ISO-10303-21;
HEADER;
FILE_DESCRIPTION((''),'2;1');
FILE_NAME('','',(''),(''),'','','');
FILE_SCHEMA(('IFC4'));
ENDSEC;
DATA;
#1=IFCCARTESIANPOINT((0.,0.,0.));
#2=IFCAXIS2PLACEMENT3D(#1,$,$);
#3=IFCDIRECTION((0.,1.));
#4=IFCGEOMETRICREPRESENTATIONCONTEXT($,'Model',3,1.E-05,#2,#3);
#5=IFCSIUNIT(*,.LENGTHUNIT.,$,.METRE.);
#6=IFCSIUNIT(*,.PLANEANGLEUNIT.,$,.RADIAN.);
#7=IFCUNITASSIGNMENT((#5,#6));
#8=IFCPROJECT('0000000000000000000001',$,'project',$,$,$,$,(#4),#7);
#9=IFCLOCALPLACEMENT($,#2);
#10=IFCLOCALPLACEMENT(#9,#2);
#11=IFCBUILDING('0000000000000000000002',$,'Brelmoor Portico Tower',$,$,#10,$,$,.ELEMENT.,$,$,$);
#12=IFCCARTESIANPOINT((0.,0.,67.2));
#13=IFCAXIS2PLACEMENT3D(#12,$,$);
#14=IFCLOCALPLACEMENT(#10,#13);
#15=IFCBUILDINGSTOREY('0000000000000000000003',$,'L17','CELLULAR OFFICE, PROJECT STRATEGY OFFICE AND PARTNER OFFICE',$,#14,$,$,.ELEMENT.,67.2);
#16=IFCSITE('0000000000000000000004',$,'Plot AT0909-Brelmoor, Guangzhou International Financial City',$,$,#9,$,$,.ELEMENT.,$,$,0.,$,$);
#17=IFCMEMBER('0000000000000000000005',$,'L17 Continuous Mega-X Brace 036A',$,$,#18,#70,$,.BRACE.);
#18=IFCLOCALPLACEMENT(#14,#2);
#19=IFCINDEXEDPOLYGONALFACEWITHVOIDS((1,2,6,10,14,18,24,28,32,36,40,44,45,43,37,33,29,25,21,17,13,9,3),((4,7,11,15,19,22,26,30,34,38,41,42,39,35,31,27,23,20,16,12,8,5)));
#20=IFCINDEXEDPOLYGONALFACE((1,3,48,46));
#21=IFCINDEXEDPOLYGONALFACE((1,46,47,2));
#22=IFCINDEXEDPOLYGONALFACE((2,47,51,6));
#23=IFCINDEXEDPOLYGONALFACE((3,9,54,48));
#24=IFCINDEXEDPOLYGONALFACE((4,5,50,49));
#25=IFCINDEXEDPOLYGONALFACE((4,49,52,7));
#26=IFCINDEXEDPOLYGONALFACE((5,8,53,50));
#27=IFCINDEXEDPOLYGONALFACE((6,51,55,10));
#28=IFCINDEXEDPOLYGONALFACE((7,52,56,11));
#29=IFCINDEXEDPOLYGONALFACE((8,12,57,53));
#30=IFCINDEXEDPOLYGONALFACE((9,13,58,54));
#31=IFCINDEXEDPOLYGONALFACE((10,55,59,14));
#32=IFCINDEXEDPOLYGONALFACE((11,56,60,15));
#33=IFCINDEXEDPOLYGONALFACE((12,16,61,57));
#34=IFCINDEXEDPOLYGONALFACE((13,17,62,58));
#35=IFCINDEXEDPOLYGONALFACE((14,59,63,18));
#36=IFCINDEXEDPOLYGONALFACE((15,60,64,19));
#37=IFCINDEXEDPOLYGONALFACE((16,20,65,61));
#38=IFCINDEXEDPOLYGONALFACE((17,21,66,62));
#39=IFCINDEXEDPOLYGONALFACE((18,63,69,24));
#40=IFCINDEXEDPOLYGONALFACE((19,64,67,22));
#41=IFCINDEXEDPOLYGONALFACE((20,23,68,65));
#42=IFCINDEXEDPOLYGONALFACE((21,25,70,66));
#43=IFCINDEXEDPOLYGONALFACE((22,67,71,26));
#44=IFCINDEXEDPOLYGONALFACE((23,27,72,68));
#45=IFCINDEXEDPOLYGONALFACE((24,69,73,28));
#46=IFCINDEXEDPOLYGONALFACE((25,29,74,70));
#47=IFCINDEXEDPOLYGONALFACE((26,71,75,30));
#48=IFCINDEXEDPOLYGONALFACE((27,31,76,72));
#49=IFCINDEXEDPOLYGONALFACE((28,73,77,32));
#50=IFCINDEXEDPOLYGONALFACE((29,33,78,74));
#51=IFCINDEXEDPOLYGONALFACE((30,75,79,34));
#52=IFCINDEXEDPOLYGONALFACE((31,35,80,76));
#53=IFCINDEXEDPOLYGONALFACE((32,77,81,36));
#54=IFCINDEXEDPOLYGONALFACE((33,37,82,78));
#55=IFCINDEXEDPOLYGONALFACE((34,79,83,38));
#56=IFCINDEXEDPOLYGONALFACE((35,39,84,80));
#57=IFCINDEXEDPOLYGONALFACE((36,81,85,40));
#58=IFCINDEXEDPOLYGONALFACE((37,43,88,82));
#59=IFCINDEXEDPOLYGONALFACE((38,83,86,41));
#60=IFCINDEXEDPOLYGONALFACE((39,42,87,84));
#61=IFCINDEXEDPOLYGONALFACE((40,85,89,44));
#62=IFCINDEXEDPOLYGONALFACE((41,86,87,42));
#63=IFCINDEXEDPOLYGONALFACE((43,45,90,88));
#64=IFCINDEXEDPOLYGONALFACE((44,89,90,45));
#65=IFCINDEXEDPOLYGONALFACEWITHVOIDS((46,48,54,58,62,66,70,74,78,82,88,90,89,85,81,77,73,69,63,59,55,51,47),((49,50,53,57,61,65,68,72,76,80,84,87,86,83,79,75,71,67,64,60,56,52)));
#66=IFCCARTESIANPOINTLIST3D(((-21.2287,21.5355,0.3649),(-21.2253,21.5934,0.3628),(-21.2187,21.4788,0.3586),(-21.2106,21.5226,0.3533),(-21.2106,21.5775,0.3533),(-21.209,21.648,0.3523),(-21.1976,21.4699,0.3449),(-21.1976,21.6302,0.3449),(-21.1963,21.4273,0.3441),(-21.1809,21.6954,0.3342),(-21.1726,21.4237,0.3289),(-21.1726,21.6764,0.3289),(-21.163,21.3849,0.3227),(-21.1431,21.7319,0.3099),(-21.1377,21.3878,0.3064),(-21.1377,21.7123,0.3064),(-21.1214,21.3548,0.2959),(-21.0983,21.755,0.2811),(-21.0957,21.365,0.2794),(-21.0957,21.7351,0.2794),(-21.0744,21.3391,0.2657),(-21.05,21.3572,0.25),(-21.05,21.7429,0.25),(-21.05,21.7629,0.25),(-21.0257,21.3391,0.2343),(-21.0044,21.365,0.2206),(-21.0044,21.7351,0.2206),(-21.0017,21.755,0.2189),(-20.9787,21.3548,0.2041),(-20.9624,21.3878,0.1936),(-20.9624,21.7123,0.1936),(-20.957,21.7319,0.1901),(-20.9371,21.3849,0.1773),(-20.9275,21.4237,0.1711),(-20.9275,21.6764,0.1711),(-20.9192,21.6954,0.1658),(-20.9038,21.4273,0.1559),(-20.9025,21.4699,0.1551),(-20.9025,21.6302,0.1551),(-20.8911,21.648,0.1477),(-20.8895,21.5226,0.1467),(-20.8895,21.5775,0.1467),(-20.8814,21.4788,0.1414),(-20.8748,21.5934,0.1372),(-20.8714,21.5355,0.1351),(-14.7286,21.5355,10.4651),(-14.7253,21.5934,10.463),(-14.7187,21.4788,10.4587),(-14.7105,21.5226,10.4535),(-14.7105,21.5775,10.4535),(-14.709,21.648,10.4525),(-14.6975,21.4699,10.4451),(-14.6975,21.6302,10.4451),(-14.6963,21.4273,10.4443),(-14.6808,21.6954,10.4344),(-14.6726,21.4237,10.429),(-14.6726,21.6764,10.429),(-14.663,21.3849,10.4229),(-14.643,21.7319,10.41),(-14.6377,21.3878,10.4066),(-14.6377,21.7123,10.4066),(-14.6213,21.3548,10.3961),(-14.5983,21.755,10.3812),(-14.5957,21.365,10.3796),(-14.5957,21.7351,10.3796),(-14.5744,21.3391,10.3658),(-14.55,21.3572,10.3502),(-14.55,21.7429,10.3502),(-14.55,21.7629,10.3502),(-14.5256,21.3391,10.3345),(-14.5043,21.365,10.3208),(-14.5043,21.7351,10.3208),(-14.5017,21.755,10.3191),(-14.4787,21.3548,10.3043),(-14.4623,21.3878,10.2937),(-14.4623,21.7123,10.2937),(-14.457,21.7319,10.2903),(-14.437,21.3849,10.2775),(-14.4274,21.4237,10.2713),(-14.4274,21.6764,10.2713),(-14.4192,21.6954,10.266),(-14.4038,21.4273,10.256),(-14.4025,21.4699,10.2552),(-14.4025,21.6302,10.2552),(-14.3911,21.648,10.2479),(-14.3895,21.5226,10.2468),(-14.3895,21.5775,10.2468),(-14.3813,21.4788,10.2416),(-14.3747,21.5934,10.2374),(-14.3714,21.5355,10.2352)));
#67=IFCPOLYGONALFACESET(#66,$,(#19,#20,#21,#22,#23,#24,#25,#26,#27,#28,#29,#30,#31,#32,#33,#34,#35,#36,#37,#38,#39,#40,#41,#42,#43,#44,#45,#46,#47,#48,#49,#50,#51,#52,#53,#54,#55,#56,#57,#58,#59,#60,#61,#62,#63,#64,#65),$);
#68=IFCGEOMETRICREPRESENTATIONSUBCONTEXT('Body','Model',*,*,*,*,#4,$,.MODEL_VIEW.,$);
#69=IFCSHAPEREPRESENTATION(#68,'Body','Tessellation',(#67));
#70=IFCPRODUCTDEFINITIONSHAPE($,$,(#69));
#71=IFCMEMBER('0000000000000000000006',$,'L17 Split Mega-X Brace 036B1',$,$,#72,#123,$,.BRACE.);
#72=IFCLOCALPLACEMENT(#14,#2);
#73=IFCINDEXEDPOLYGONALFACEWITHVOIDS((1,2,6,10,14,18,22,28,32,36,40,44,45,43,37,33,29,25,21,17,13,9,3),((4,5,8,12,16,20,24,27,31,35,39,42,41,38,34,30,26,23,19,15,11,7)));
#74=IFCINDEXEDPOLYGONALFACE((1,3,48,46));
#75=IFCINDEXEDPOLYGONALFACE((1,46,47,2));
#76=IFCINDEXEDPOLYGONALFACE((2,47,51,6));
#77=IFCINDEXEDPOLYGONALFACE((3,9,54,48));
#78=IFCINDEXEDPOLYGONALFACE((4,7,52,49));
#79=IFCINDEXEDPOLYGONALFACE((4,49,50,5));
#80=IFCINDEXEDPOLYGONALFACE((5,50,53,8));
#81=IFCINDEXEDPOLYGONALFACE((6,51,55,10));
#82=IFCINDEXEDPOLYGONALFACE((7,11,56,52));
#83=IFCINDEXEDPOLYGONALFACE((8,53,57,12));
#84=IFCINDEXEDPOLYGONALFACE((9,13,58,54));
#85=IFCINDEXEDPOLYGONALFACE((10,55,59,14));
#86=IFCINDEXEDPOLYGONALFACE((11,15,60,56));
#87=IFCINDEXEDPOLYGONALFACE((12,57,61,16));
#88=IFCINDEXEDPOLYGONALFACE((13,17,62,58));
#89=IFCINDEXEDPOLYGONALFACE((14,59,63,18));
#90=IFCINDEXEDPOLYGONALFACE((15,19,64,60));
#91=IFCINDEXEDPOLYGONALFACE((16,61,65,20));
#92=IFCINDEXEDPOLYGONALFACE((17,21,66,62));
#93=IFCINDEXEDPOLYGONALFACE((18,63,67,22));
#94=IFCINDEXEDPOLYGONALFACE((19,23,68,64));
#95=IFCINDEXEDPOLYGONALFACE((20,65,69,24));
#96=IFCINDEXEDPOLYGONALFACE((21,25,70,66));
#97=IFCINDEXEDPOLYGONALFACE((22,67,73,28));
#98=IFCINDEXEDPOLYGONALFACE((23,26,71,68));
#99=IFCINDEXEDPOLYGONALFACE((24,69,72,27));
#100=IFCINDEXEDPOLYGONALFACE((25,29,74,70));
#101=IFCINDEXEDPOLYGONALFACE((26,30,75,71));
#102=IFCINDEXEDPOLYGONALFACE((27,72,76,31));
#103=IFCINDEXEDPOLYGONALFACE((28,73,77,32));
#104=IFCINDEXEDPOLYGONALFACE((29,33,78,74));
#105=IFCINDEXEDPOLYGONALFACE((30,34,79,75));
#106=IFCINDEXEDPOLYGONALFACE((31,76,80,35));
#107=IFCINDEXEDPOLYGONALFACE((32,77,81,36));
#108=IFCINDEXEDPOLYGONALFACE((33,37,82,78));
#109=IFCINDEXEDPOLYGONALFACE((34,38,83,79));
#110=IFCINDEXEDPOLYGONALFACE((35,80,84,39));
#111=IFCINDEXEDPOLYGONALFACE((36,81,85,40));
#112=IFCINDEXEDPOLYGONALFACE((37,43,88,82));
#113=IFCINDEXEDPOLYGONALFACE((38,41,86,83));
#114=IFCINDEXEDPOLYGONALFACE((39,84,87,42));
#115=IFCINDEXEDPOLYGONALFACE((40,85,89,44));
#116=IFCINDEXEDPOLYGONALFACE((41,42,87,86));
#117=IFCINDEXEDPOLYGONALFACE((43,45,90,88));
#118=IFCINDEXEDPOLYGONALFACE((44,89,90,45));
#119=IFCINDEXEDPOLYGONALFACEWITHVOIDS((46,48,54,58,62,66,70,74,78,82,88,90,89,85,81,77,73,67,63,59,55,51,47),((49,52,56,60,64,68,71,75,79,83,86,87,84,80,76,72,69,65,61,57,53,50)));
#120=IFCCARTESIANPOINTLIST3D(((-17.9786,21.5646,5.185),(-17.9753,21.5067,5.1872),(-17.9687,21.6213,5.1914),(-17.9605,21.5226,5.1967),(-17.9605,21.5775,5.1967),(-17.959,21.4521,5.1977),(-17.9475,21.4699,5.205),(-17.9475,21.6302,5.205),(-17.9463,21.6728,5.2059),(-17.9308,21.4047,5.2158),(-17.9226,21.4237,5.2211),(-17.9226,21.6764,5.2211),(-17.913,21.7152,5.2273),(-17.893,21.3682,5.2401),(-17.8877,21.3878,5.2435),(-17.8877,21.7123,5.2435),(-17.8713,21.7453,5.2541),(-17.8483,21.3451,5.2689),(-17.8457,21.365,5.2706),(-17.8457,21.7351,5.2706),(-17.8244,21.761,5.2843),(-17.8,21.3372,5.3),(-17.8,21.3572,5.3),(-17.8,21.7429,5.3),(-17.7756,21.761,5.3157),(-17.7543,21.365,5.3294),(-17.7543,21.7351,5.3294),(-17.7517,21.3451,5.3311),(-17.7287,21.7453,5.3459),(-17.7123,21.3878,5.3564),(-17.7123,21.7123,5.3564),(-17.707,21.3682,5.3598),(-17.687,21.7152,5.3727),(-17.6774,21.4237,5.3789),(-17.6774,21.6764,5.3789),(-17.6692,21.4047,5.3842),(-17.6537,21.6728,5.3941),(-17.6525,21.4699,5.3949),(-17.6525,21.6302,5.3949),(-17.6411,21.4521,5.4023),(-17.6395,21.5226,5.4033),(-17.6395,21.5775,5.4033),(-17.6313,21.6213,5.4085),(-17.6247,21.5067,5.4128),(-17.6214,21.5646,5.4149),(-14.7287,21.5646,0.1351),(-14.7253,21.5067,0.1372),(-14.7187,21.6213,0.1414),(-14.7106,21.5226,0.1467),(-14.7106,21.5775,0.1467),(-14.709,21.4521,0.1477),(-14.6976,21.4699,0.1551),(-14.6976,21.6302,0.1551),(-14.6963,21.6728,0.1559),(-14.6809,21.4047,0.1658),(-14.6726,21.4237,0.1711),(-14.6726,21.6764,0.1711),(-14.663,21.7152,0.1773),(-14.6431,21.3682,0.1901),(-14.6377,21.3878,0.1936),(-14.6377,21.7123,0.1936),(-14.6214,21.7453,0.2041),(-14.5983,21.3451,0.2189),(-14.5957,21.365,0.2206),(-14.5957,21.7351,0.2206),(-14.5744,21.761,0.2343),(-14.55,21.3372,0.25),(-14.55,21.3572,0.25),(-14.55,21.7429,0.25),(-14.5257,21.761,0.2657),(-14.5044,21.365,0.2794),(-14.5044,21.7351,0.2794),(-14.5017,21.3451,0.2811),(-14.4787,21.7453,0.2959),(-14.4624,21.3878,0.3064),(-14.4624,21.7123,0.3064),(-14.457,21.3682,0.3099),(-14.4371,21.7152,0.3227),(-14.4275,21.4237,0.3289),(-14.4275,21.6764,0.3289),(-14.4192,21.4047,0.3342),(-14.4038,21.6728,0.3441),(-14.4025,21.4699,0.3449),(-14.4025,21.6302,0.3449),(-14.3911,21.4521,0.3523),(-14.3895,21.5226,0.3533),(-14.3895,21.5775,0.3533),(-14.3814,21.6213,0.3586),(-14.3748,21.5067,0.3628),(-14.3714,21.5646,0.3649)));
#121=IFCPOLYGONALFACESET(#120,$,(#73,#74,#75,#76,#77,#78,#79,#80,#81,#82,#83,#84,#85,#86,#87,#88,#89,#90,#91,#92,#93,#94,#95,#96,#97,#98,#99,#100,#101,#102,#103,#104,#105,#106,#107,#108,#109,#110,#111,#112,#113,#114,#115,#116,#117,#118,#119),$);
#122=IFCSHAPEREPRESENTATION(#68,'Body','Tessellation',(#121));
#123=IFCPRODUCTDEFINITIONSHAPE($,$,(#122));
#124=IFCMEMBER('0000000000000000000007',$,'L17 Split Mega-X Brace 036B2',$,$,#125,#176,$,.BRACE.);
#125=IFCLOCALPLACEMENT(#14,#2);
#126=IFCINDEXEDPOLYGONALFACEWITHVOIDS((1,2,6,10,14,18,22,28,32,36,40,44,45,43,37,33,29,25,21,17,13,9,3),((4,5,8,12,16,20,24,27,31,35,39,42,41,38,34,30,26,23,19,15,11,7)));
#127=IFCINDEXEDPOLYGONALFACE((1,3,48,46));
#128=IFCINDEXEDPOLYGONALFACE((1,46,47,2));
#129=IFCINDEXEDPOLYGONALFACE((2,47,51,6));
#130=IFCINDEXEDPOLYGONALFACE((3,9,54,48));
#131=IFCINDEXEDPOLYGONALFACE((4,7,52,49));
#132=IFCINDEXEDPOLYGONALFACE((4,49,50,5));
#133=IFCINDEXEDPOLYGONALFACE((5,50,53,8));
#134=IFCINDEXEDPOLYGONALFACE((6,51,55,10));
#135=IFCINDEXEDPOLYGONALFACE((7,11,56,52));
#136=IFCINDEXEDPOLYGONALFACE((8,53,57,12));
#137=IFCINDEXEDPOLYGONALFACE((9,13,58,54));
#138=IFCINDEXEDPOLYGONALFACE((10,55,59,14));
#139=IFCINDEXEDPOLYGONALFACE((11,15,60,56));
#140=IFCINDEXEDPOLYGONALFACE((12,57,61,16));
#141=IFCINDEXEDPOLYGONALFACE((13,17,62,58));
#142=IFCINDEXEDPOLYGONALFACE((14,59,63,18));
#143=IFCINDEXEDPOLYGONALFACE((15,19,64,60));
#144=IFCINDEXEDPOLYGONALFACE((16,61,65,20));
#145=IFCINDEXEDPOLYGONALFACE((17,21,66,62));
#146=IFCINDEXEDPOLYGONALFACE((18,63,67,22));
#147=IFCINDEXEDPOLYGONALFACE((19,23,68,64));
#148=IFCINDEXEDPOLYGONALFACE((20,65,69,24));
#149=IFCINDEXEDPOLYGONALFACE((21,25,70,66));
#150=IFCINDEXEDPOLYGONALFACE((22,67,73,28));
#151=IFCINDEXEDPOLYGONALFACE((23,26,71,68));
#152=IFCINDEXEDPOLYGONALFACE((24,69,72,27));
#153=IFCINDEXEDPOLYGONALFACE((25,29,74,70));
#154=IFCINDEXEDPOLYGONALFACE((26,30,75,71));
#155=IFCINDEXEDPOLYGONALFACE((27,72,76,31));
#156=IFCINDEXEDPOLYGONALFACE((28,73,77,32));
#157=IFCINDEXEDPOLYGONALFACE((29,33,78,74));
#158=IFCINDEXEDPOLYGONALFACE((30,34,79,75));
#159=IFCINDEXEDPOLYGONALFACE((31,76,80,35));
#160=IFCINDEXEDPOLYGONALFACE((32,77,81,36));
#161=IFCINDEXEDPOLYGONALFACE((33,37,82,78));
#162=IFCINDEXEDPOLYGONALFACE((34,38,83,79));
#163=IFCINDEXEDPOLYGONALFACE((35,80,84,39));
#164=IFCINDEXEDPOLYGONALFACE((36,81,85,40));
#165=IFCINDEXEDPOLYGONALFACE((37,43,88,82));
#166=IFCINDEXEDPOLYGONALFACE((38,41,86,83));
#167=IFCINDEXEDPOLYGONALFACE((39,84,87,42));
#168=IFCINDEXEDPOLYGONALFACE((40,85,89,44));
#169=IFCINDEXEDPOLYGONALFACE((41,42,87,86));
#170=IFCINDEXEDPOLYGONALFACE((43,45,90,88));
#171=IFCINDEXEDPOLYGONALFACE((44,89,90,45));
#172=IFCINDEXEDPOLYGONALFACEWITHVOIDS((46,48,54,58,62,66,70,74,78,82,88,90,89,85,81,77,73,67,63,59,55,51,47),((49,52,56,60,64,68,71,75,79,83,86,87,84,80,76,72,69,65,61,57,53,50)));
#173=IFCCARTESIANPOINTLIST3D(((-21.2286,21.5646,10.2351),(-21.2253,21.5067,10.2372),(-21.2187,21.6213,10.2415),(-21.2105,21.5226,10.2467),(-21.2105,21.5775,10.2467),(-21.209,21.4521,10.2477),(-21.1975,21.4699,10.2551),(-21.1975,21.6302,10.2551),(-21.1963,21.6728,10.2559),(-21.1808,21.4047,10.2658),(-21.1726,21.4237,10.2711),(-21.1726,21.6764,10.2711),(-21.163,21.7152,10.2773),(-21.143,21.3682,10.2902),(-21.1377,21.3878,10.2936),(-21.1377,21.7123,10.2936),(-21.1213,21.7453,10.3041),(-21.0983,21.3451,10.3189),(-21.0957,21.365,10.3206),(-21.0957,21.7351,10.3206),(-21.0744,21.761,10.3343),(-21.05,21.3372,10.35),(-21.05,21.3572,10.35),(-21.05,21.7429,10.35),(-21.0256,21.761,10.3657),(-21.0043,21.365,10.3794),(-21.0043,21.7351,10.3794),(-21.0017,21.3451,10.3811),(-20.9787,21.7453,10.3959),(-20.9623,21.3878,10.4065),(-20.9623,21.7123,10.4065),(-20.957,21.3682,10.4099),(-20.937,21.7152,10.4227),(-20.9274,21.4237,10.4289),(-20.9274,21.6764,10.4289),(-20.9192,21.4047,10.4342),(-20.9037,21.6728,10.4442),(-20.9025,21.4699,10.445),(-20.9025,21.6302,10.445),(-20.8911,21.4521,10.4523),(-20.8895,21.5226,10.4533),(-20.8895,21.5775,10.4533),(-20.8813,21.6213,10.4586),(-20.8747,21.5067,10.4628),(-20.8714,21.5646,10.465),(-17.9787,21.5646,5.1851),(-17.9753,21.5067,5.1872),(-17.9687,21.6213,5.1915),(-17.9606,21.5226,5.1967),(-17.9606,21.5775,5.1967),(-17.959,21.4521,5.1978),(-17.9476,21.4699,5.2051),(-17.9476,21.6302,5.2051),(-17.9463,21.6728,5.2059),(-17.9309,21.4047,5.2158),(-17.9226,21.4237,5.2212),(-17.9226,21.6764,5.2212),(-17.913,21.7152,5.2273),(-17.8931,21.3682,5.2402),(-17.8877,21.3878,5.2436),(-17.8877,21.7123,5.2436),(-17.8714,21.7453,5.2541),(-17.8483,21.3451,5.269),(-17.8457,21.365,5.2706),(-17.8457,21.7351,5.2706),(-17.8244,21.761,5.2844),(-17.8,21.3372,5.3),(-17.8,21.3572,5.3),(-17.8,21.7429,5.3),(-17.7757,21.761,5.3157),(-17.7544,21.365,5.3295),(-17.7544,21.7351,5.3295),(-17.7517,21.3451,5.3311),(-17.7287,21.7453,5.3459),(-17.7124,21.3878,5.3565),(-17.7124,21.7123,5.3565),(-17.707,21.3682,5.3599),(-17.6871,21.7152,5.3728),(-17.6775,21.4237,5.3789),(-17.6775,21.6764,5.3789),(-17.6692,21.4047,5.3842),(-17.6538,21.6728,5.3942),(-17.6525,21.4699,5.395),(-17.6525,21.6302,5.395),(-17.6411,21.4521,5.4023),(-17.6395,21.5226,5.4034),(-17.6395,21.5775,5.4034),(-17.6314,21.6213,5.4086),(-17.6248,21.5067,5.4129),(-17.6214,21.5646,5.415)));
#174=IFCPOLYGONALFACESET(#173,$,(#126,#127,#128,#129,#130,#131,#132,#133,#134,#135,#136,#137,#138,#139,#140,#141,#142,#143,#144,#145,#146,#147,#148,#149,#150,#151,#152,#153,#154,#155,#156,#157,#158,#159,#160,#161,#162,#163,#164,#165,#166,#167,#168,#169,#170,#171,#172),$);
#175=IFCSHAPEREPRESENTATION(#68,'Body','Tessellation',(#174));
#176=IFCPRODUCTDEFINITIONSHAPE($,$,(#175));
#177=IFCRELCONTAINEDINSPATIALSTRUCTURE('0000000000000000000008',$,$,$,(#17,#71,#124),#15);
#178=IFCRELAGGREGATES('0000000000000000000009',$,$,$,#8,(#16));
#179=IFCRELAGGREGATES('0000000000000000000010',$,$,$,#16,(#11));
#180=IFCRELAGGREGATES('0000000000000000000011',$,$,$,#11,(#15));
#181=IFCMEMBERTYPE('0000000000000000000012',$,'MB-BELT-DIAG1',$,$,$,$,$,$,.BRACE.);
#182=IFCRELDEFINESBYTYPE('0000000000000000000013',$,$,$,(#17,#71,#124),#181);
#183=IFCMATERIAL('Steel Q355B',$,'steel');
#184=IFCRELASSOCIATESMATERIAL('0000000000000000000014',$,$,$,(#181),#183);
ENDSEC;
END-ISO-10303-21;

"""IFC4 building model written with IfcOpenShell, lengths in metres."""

from ifc_helpers import new_model, si_unit, direction, frame, origin, origin_2d, place, context, subcontext, project, spatial, hollow_circle, extrude, material, material_profile, profile_set, type_object, element, save


model = new_model("IFC4")

# Units and contexts
model_context = context("Model", 3, precision=1e-05, world=origin(), true_north=direction((0.0, 1.0)))
body_context = subcontext(model_context, "Body", "Model", "MODEL_VIEW")
ifc_project = project(units=[si_unit("LENGTHUNIT", "METRE"), si_unit("PLANEANGLEUNIT", "RADIAN")], contexts=[model_context])

# Site, building, storey
site_placement = place(None, origin())
site = spatial("IfcSite", under=ifc_project, at=site_placement, Name="Plot AT0909-Brelmoor, Guangzhou International Financial City", CompositionType="ELEMENT", RefElevation=0.0)
building_placement = place(site_placement, origin())
building = spatial("IfcBuilding", under=site, at=building_placement, Name="Brelmoor Portico Tower", CompositionType="ELEMENT")
storey_placement = place(building_placement, frame((0.0, 0.0, 67.2)))
storey = spatial("IfcBuildingStorey", under=building, at=storey_placement, Name="L17", Description="CELLULAR OFFICE, PROJECT STRATEGY OFFICE AND PARTNER OFFICE", CompositionType="ELEMENT", Elevation=67.2)

# Shared definitions
ifc_material_1 = material(Name="Steel Q355B", Category="steel")

# Members
ifc_material_profile_1 = material_profile(ifc_material_1, hollow_circle(Radius=0.2129, WallThickness=0.02, at=origin_2d()), Name="CHS 426x20")
ifc_profile_set_1 = profile_set([ifc_material_profile_1], Name="Steel Q355B")
member_type_1 = type_object("IfcMemberType", Name="MB-BELT-DIAG1", PredefinedType="BRACE", material=ifc_profile_set_1)
member_1_placement = place(storey_placement, frame((-21.05, 21.55, 0.25), z_axis=(0.541175, 0.0, 0.84091), x_axis=(0.0, 1.0, 0.0)))
element("IfcMember", 1, at=member_1_placement, inside=storey, type_object=member_type_1, Name="L17 Continuous Mega-X Brace 036A", PredefinedType="BRACE", context=body_context, shape_type="SweptSolid", body=[
    extrude(hollow_circle(Radius=0.2129, WallThickness=0.02, at=origin_2d()), origin(), (0.0, 0.0, 1.0), 12.011),
])
for number, where, z_axis, x_axis, name in (
    (2, (-14.55, 21.55, 0.25), (-0.541175, 0.0, 0.84091), (0.0, -1.0, 0.0), "L17 Split Mega-X Brace 036B1"),
    (3, (-17.8, 21.55, 5.3), (-0.541175, 0.0, 0.84091), (0.0, -1.0, 0.0), "L17 Split Mega-X Brace 036B2"),
):
    element("IfcMember", number, at=place(storey_placement, frame(where, z_axis=z_axis, x_axis=x_axis)), inside=storey, type_object=member_type_1, Name=name, PredefinedType="BRACE", context=body_context, shape_type="SweptSolid", body=[
        extrude(hollow_circle(Radius=0.2129, WallThickness=0.02, at=origin_2d()), origin(), (0.0, 0.0, 1.0), 6.0054),
    ])

save(model, "model.ifc")
